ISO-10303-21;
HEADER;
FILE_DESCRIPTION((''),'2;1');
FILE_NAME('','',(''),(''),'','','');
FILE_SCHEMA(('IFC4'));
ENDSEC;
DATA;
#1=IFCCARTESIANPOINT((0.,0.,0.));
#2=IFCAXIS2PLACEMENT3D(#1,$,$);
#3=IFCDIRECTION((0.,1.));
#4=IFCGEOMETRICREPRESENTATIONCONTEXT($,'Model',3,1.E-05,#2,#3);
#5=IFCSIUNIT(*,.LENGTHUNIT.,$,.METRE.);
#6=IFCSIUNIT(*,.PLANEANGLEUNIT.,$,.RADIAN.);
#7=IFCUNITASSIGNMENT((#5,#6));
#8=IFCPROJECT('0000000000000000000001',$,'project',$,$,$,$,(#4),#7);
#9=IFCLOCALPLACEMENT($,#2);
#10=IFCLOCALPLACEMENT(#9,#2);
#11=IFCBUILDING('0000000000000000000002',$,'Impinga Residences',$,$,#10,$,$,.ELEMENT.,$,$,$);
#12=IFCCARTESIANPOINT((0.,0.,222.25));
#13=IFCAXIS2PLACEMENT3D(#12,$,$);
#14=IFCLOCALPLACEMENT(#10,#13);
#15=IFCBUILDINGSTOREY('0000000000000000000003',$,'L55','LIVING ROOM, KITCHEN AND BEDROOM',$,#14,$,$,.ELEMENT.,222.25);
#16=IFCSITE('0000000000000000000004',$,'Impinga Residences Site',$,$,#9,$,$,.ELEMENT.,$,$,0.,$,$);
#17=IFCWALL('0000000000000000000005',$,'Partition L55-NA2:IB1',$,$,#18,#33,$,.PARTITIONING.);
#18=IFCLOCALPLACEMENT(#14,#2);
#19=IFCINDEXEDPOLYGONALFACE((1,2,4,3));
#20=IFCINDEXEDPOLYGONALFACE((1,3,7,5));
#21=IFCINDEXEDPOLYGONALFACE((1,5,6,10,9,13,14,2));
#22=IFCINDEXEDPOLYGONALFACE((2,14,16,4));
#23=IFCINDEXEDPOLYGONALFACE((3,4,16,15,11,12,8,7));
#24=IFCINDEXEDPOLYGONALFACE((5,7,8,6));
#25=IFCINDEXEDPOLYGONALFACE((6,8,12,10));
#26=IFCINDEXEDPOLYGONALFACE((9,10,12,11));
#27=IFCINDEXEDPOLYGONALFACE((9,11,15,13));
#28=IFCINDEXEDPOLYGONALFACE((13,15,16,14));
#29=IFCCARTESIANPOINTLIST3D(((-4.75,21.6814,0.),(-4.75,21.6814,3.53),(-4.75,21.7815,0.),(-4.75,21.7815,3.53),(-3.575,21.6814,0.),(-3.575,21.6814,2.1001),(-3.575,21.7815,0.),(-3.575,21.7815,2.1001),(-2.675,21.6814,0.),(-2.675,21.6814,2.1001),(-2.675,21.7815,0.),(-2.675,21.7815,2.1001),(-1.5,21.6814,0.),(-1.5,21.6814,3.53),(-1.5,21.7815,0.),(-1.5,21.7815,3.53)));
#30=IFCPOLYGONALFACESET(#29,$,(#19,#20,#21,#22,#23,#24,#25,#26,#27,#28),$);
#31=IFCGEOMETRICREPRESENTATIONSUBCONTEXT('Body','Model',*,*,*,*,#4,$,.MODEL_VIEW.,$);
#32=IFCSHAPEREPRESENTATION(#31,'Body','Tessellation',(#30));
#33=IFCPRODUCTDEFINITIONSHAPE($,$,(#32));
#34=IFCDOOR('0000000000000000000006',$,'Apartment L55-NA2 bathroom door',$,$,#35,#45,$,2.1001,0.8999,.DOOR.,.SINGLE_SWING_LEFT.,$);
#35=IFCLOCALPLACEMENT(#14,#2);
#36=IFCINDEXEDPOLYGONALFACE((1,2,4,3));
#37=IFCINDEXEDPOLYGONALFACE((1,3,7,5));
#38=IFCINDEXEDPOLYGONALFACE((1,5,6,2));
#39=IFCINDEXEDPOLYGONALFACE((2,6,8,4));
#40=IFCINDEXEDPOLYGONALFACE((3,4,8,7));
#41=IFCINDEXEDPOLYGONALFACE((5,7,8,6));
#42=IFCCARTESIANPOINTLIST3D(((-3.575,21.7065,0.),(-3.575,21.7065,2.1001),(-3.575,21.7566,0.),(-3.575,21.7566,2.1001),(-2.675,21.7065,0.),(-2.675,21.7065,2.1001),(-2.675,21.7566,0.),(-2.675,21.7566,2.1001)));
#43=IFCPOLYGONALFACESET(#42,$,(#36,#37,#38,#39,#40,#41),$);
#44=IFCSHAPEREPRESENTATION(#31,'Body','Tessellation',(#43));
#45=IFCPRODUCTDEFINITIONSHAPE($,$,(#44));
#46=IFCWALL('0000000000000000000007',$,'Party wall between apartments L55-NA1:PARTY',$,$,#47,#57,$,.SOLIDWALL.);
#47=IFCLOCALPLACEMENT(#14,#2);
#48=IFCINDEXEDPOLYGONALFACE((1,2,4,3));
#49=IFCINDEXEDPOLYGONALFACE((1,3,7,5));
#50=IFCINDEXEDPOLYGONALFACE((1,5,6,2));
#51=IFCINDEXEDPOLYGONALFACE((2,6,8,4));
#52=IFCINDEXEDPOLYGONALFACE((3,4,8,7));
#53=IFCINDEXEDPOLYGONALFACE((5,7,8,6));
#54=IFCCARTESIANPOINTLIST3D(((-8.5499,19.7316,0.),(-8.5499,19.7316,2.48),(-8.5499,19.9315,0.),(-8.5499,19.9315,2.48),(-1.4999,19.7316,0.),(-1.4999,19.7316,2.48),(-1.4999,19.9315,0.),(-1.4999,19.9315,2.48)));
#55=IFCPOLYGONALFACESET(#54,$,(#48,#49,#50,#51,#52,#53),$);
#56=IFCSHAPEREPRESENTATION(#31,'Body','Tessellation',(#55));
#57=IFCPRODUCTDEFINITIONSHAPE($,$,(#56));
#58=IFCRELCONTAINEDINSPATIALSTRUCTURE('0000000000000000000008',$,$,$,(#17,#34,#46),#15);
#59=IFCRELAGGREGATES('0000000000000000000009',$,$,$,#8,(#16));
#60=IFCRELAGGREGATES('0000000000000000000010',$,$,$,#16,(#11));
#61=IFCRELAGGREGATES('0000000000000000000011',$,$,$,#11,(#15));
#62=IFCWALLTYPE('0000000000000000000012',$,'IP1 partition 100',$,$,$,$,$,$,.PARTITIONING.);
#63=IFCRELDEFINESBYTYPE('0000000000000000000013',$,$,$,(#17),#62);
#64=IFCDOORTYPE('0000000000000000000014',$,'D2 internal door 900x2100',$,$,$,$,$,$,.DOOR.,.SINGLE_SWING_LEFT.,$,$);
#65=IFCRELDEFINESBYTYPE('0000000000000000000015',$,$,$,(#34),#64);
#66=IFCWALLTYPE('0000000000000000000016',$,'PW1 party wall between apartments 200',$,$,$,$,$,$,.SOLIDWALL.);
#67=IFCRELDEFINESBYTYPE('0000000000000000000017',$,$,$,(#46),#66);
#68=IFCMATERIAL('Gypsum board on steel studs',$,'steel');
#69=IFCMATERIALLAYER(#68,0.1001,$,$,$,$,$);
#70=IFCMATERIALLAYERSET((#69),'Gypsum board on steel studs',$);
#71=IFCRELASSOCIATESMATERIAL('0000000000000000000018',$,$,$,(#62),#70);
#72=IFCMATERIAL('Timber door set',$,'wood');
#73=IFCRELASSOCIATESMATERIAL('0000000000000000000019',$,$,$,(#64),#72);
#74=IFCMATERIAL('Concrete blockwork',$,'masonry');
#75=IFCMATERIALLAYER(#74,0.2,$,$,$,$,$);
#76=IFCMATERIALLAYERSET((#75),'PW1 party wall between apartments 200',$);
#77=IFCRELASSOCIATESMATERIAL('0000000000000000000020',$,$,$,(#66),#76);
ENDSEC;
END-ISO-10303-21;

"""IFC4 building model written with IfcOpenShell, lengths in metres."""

from ifc_helpers import new_model, si_unit, direction, frame, frame_2d, origin, place, context, subcontext, project, spatial, rectangle, extrude, material, layer, layer_set, type_object, element, fill, save


model = new_model("IFC4")

# Units and contexts
model_context = context("Model", 3, precision=1e-05, world=origin(), true_north=direction((0.0, 1.0)))
body_context = subcontext(model_context, "Body", "Model", "MODEL_VIEW")
ifc_project = project(units=[si_unit("LENGTHUNIT", "METRE"), si_unit("PLANEANGLEUNIT", "RADIAN")], contexts=[model_context])

# Site, building, storey
site_placement = place(None, origin())
site = spatial("IfcSite", under=ifc_project, at=site_placement, Name="Impinga Residences Site", CompositionType="ELEMENT", RefElevation=0.0)
building_placement = place(site_placement, origin())
building = spatial("IfcBuilding", under=site, at=building_placement, Name="Impinga Residences", CompositionType="ELEMENT")
storey_placement = place(building_placement, frame((0.0, 0.0, 222.25)))
storey = spatial("IfcBuildingStorey", under=building, at=storey_placement, Name="L55", Description="LIVING ROOM, KITCHEN AND BEDROOM", CompositionType="ELEMENT", Elevation=222.25)

# Shared definitions
ifc_material_1 = material(Name="Concrete blockwork", Category="masonry")
ifc_material_2 = material(Name="Timber door set", Category="wood")

# Shared definitions
ifc_material_3 = material(Name="Gypsum board on steel studs", Category="steel")
ifc_layer_1 = layer(ifc_material_3, 0.1001)
ifc_layer_set_1 = layer_set([ifc_layer_1], Name="Gypsum board on steel studs")
wall_type_1 = type_object("IfcWallType", Name="IP1 partition 100", PredefinedType="PARTITIONING", material=ifc_layer_set_1)

# Shared definitions
door_type_1 = type_object("IfcDoorType", Name="D2 internal door 900x2100", OperationType="SINGLE_SWING_LEFT", PredefinedType="DOOR", material=ifc_material_2)

# Wall, opening, door
wall_1_placement = place(storey_placement, frame((-1.5, 21.7314, 0.0), z_axis=(0.0, 0.0, 1.0), x_axis=(-1.0, 0.0, 0.0)))
wall_1 = element("IfcWall", 1, at=wall_1_placement, inside=storey, type_object=wall_type_1, Name="Partition L55-NA2:IB1", PredefinedType="PARTITIONING", context=body_context, shape_type="SweptSolid", body=[
    extrude(rectangle(XDim=3.25, YDim=0.1001, at=frame_2d((1.625, 0.0))), origin(), (0.0, 0.0, 1.0), 3.53),
])
opening_1_placement = place(wall_1_placement, frame((1.175, 0.0, 0.0)))
opening_1 = element("IfcOpeningElement", 2, at=opening_1_placement, cuts=wall_1, PredefinedType="OPENING", context=body_context, shape_type="SweptSolid", body=[
    extrude(rectangle(XDim=0.8999, YDim=2.1001, at=frame_2d((0.45, 1.05))), frame((0.0, 0.0601, 0.0), z_axis=(0.0, -1.0, 0.0), x_axis=(1.0, 0.0, 0.0)), (0.0, 0.0, 1.0), 0.1201),
])
door_1_placement = place(opening_1_placement, origin())
door_1 = element("IfcDoor", 3, at=door_1_placement, inside=storey, type_object=door_type_1, Name="Apartment L55-NA2 bathroom door", OperationType="SINGLE_SWING_LEFT", OverallHeight=2.1001, OverallWidth=0.8999, PredefinedType="DOOR", context=body_context, shape_type="SweptSolid", body=[
    extrude(rectangle(XDim=0.8999, YDim=2.1001, at=frame_2d((0.45, 1.05))), frame((0.0, 0.0249, 0.0), z_axis=(0.0, -1.0, 0.0), x_axis=(1.0, 0.0, 0.0)), (0.0, 0.0, 1.0), 0.05),
])
fill(opening_1, door_1)

# Wall
ifc_layer_2 = layer(ifc_material_1, 0.2)
ifc_layer_set_2 = layer_set([ifc_layer_2], Name="PW1 party wall between apartments 200")
wall_type_2 = type_object("IfcWallType", Name="PW1 party wall between apartments 200", PredefinedType="SOLIDWALL", material=ifc_layer_set_2)
wall_2_placement = place(storey_placement, frame((-1.5, 19.8315, 0.0), z_axis=(0.0, 0.0, 1.0), x_axis=(-1.0, 0.0, 0.0)))
element("IfcWall", 4, at=wall_2_placement, inside=storey, type_object=wall_type_2, Name="Party wall between apartments L55-NA1:PARTY", PredefinedType="SOLIDWALL", context=body_context, shape_type="SweptSolid", body=[
    extrude(rectangle(XDim=7.05, YDim=0.2, at=frame_2d((3.5249, 0.0))), origin(), (0.0, 0.0, 1.0), 2.48),
])

save(model, "model.ifc")
